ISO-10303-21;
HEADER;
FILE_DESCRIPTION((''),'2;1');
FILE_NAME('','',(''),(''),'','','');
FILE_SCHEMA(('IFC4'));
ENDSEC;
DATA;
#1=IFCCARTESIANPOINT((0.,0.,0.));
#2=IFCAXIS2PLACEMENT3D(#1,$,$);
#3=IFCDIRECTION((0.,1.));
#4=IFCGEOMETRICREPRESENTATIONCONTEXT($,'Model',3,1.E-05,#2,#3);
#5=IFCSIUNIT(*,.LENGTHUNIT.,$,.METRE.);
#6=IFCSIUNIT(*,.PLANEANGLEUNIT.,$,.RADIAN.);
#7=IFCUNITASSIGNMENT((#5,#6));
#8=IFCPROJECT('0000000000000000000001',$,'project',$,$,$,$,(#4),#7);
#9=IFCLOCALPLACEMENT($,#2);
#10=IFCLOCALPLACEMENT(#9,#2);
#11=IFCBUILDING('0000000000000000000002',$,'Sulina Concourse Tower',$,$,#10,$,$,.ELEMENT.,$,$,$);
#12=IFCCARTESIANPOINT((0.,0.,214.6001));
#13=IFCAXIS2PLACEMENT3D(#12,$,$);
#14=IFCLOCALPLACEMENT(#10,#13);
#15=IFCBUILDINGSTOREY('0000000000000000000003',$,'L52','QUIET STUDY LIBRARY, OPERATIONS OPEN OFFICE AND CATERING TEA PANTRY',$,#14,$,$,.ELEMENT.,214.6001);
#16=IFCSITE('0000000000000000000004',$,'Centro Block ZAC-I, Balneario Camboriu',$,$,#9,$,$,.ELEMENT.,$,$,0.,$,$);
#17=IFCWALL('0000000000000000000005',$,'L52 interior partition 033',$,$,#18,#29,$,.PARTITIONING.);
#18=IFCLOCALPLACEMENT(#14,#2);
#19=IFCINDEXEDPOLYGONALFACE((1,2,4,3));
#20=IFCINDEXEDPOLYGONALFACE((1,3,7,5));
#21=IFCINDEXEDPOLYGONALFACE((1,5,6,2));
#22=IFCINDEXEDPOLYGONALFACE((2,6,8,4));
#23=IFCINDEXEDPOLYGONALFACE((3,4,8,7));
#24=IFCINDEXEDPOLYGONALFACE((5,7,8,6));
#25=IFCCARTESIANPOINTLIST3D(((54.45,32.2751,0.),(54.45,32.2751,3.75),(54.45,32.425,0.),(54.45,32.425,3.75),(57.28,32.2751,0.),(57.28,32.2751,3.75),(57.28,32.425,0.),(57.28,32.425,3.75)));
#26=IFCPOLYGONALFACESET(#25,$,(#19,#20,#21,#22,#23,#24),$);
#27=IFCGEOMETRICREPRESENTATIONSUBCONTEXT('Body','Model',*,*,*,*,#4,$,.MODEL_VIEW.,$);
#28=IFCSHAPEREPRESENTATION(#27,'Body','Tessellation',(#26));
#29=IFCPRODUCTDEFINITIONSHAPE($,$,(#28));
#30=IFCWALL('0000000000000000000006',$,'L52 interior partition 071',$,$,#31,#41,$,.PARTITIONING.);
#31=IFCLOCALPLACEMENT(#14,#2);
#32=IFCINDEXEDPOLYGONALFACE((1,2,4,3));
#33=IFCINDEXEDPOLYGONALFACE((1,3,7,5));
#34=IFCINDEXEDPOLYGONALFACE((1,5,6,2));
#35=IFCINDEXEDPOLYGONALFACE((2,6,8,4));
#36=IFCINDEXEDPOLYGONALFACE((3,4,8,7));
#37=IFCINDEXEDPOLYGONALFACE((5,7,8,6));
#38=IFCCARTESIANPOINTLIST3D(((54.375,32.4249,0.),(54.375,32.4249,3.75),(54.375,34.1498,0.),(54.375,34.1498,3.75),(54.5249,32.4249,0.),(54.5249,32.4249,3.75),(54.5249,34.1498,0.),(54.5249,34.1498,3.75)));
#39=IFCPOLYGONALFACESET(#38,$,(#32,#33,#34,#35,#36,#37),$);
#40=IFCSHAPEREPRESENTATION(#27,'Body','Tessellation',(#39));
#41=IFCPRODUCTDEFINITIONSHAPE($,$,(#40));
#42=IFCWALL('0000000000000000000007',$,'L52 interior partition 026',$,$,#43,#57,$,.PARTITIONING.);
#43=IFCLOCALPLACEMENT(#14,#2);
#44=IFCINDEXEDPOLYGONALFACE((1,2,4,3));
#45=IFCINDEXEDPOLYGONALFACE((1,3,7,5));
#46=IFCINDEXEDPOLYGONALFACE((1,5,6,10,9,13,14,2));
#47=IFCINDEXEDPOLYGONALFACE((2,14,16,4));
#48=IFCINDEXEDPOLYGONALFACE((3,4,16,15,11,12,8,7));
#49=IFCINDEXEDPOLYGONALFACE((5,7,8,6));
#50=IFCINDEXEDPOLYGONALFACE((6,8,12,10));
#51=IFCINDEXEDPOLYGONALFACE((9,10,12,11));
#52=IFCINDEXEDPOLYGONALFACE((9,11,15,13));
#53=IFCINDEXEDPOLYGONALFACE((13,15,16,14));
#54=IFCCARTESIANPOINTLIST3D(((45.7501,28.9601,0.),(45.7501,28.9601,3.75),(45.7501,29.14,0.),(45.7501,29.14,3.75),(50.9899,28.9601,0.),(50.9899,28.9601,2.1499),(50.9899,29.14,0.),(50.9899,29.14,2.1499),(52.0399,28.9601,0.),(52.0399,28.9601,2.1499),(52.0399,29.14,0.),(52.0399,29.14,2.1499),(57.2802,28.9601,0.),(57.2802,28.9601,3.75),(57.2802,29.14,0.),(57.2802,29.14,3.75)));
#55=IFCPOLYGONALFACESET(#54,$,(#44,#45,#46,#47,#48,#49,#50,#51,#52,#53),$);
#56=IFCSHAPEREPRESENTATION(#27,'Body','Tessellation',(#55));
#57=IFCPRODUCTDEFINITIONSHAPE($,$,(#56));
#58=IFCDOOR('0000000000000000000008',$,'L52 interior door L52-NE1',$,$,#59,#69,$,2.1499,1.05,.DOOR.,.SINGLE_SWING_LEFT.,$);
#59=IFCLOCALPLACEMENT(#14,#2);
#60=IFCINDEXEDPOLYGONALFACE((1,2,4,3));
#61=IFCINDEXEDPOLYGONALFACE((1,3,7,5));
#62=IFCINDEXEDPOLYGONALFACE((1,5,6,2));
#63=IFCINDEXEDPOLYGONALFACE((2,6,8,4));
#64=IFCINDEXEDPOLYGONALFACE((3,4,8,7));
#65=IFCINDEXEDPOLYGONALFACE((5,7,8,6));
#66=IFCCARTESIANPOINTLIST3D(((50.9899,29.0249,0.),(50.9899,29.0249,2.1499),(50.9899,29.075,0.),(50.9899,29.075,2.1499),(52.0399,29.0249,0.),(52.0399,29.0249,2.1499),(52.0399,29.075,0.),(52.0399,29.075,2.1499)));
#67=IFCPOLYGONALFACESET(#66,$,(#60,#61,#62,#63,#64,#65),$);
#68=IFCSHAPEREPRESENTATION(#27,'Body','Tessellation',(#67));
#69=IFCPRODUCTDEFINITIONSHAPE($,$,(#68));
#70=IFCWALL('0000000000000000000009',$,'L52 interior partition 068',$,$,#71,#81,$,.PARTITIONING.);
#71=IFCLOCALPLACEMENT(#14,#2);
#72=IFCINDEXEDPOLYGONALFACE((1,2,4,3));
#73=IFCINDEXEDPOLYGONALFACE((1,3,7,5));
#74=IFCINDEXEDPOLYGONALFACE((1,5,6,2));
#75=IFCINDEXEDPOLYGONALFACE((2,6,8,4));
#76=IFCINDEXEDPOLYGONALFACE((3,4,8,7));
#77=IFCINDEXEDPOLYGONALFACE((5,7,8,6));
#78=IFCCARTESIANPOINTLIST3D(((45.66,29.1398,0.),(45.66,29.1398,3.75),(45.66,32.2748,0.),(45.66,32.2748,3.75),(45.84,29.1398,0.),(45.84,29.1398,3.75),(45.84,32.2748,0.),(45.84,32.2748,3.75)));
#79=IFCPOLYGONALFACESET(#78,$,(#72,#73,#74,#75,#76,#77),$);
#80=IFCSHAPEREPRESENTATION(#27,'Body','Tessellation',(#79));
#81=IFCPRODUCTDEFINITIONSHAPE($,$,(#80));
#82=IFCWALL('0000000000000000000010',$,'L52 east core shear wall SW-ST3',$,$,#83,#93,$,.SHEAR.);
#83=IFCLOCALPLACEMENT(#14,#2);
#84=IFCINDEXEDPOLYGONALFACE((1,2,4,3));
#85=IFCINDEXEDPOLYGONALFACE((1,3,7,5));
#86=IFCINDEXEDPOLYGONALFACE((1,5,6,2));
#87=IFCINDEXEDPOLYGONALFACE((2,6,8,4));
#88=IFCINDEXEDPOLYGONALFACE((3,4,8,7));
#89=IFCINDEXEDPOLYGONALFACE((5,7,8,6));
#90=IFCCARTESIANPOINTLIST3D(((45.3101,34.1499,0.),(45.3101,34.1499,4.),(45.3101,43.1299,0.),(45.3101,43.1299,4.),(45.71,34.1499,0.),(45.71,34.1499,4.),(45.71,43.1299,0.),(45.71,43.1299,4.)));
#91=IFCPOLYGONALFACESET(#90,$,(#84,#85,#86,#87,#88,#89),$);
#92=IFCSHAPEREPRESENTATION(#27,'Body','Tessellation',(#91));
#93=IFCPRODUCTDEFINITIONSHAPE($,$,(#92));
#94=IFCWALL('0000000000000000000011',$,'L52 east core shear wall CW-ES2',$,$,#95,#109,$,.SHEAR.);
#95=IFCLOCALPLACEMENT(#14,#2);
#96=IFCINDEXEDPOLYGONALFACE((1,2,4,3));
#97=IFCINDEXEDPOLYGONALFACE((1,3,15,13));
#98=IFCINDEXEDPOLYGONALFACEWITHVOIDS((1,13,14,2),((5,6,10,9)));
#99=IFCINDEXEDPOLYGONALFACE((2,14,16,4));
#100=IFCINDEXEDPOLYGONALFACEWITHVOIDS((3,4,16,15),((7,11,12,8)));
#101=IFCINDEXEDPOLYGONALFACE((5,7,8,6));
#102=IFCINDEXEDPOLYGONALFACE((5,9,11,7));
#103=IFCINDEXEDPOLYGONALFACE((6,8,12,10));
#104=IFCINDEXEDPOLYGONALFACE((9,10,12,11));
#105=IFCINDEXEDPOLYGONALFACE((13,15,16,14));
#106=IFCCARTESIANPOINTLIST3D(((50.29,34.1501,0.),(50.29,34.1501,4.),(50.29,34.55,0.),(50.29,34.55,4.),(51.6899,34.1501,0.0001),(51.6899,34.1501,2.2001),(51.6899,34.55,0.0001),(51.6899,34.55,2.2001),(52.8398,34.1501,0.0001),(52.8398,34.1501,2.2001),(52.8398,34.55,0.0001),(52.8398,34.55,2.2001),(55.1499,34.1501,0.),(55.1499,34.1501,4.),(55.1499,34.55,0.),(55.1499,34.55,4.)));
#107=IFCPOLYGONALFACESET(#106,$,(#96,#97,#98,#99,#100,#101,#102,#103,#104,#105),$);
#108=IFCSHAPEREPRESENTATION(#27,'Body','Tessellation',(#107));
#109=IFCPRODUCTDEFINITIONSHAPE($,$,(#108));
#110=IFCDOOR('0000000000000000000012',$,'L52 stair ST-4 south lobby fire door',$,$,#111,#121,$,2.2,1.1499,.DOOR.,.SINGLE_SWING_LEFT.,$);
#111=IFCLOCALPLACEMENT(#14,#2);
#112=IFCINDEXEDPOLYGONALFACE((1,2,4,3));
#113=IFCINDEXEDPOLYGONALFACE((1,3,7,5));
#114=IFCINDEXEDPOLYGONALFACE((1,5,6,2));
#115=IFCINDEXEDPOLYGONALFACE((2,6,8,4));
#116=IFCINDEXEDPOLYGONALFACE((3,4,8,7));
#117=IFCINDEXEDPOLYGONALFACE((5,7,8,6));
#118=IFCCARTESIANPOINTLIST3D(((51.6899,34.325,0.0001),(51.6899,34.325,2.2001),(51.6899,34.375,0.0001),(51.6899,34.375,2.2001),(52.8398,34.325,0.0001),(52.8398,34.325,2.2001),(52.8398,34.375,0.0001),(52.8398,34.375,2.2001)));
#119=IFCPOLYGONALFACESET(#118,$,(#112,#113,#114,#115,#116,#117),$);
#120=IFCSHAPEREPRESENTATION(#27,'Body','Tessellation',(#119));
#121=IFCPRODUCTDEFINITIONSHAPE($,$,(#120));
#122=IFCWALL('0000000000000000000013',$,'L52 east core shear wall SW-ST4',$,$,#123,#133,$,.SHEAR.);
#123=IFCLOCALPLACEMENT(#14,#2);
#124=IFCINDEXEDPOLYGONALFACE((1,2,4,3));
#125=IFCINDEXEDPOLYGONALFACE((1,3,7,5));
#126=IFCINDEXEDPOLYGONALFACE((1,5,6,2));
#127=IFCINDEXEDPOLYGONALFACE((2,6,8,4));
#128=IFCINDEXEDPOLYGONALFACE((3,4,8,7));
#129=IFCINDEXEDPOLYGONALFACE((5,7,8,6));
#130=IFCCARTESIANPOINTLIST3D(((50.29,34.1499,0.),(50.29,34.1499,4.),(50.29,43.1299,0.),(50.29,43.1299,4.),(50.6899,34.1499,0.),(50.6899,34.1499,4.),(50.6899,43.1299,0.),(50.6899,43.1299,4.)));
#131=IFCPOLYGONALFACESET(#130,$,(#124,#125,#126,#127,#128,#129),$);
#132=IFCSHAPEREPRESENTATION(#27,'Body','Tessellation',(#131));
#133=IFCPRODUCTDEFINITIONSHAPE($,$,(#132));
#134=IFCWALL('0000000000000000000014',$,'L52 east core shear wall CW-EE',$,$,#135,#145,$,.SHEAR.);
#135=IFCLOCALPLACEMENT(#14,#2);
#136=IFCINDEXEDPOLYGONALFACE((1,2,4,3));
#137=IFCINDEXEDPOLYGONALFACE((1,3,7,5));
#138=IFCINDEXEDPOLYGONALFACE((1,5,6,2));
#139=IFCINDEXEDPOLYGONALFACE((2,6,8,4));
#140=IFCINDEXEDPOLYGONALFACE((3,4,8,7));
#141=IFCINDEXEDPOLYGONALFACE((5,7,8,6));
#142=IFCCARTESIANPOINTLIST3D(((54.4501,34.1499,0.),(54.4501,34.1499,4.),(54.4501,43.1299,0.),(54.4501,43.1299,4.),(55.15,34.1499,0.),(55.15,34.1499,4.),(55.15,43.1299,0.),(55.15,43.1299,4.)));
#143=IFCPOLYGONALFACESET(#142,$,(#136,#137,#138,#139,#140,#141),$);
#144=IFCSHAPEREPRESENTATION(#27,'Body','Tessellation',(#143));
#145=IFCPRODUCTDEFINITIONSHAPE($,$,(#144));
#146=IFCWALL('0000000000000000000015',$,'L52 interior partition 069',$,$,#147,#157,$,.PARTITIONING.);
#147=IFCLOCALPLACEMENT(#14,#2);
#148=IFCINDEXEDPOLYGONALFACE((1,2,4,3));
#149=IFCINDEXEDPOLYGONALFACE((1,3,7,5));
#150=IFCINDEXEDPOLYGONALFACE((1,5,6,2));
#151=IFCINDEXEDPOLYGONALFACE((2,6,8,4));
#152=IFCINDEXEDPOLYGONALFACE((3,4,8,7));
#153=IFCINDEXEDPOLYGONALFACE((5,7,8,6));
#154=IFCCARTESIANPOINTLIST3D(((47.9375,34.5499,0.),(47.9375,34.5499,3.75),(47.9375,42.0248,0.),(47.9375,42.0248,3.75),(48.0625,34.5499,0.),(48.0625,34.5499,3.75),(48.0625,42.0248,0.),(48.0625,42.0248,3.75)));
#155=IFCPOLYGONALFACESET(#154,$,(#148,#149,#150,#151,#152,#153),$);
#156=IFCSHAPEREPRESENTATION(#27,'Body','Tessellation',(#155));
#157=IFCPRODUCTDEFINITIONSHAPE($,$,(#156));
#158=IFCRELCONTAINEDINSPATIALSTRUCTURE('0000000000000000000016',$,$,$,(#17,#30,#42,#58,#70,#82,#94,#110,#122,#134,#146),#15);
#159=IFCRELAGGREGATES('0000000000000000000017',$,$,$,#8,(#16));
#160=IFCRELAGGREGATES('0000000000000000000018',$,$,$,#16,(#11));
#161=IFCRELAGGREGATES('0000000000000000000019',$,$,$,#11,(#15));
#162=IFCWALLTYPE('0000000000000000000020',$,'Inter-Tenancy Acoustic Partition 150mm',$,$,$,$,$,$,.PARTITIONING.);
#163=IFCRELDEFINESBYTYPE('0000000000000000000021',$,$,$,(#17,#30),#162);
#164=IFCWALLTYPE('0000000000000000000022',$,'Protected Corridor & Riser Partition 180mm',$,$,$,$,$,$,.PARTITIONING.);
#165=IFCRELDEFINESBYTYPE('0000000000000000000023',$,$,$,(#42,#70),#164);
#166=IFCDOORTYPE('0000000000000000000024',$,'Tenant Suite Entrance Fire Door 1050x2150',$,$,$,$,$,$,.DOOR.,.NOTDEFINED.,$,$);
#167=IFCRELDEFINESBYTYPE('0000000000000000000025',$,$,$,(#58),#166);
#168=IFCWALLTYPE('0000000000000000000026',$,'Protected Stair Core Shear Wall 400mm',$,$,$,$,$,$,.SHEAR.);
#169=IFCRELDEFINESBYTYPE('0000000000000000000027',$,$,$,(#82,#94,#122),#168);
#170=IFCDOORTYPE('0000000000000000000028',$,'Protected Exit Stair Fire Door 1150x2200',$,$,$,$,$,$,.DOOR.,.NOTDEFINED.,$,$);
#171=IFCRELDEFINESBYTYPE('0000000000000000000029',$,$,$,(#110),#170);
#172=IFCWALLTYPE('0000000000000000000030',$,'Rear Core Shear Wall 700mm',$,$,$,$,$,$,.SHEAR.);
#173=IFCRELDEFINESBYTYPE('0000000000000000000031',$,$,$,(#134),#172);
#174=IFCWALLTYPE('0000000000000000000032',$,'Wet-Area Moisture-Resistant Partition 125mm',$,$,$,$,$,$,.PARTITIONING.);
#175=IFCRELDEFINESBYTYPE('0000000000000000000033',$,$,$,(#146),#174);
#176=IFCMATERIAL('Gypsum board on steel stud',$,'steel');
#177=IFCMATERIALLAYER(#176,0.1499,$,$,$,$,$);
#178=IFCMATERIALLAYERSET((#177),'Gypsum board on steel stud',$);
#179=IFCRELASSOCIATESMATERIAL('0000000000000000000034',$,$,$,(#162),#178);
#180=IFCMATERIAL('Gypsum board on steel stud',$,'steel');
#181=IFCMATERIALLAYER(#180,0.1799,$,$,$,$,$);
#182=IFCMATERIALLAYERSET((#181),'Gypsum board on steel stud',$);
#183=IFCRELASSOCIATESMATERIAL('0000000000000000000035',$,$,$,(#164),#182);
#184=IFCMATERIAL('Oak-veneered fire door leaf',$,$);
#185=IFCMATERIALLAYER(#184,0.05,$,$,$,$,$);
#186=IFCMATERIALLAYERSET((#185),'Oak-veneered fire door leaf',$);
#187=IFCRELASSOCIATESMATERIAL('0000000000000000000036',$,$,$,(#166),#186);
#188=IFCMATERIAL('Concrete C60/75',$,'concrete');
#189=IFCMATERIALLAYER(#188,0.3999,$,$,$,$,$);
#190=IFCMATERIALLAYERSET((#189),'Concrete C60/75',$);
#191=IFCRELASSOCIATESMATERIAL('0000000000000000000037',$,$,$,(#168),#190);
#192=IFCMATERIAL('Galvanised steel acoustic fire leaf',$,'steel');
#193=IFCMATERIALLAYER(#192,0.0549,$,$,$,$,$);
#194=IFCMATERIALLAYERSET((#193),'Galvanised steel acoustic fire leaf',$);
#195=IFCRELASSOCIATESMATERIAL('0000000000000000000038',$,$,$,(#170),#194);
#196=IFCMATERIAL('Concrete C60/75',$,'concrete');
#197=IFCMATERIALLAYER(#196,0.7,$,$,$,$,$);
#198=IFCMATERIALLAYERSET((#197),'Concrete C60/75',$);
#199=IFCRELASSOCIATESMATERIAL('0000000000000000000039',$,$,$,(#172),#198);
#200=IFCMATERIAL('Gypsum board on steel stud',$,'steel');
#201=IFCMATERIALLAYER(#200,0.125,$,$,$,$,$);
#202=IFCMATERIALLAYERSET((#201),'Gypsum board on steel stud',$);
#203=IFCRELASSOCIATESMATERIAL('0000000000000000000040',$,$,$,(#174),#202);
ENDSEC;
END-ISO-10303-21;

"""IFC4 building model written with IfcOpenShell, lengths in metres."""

from ifc_helpers import new_model, si_unit, direction, frame, frame_2d, origin, place, context, subcontext, project, spatial, rectangle, extrude, material, layer, layer_set, type_object, element, fill, save


model = new_model("IFC4")

# Units and contexts
model_context = context("Model", 3, precision=1e-05, world=origin(), true_north=direction((0.0, 1.0)))
body_context = subcontext(model_context, "Body", "Model", "MODEL_VIEW")
ifc_project = project(units=[si_unit("LENGTHUNIT", "METRE"), si_unit("PLANEANGLEUNIT", "RADIAN")], contexts=[model_context])

# Site, building, storey
site_placement = place(None, origin())
site = spatial("IfcSite", under=ifc_project, at=site_placement, Name="Centro Block ZAC-I, Balneario Camboriu", CompositionType="ELEMENT", RefElevation=0.0)
building_placement = place(site_placement, origin())
building = spatial("IfcBuilding", under=site, at=building_placement, Name="Sulina Concourse Tower", CompositionType="ELEMENT")
storey_placement = place(building_placement, frame((0.0, 0.0, 214.6001)))
storey = spatial("IfcBuildingStorey", under=building, at=storey_placement, Name="L52", Description="QUIET STUDY LIBRARY, OPERATIONS OPEN OFFICE AND CATERING TEA PANTRY", CompositionType="ELEMENT", Elevation=214.6001)

# Walls
ifc_material_1 = material(Name="Gypsum board on steel stud", Category="steel")
ifc_layer_1 = layer(ifc_material_1, 0.1499)
ifc_layer_set_1 = layer_set([ifc_layer_1], Name="Gypsum board on steel stud")
wall_type_1 = type_object("IfcWallType", Name="Inter-Tenancy Acoustic Partition 150mm", PredefinedType="PARTITIONING", material=ifc_layer_set_1)
wall_1_placement = place(storey_placement, frame((54.45, 32.3501, 0.0), z_axis=(0.0, 0.0, 1.0), x_axis=(1.0, 0.0, 0.0)))
element("IfcWall", 1, at=wall_1_placement, inside=storey, type_object=wall_type_1, Name="L52 interior partition 033", PredefinedType="PARTITIONING", context=body_context, shape_type="SweptSolid", body=[
    extrude(rectangle(XDim=2.8301, YDim=0.1499, at=frame_2d((1.415, 0.0))), origin(), (0.0, 0.0, 1.0), 3.75),
])
wall_2_placement = place(storey_placement, frame((54.45, 32.425, 0.0), z_axis=(0.0, 0.0, 1.0), x_axis=(0.0, 1.0, 0.0)))
element("IfcWall", 2, at=wall_2_placement, inside=storey, type_object=wall_type_1, Name="L52 interior partition 071", PredefinedType="PARTITIONING", context=body_context, shape_type="SweptSolid", body=[
    extrude(rectangle(XDim=1.7249, YDim=0.1499, at=frame_2d((0.8623, 0.0))), origin(), (0.0, 0.0, 1.0), 3.75),
])

# Wall, opening, door
ifc_material_2 = material(Name="Gypsum board on steel stud", Category="steel")
ifc_layer_2 = layer(ifc_material_2, 0.1799)
ifc_layer_set_2 = layer_set([ifc_layer_2], Name="Gypsum board on steel stud")
wall_type_2 = type_object("IfcWallType", Name="Protected Corridor & Riser Partition 180mm", PredefinedType="PARTITIONING", material=ifc_layer_set_2)
wall_3_placement = place(storey_placement, frame((45.75, 29.05, 0.0), z_axis=(0.0, 0.0, 1.0), x_axis=(1.0, 0.0, 0.0)))
wall_3 = element("IfcWall", 3, at=wall_3_placement, inside=storey, type_object=wall_type_2, Name="L52 interior partition 026", PredefinedType="PARTITIONING", context=body_context, shape_type="SweptSolid", body=[
    extrude(rectangle(XDim=11.53, YDim=0.1799, at=frame_2d((5.7651, 0.0))), origin(), (0.0, 0.0, 1.0), 3.75),
])
opening_1_placement = place(wall_3_placement, frame((5.24, 0.0, 0.0)))
opening_1 = element("IfcOpeningElement", 4, at=opening_1_placement, cuts=wall_3, PredefinedType="OPENING", context=body_context, shape_type="SweptSolid", body=[
    extrude(rectangle(XDim=1.05, YDim=2.1499, at=frame_2d((0.5249, 1.075))), frame((0.0, 0.0999, 0.0), z_axis=(0.0, -1.0, 0.0), x_axis=(1.0, 0.0, 0.0)), (0.0, 0.0, 1.0), 0.2),
])
ifc_material_3 = material(Name="Oak-veneered fire door leaf")
ifc_layer_3 = layer(ifc_material_3, 0.05)
ifc_layer_set_3 = layer_set([ifc_layer_3], Name="Oak-veneered fire door leaf")
door_type_1 = type_object("IfcDoorType", Name="Tenant Suite Entrance Fire Door 1050x2150", OperationType="NOTDEFINED", PredefinedType="DOOR", material=ifc_layer_set_3)
door_1_placement = place(opening_1_placement, origin())
door_1 = element("IfcDoor", 5, at=door_1_placement, inside=storey, type_object=door_type_1, Name="L52 interior door L52-NE1", OperationType="SINGLE_SWING_LEFT", OverallHeight=2.1499, OverallWidth=1.05, PredefinedType="DOOR", context=body_context, shape_type="SweptSolid", body=[
    extrude(rectangle(XDim=1.05, YDim=2.1499, at=frame_2d((0.5249, 1.075))), frame((0.0, 0.0249, 0.0), z_axis=(0.0, -1.0, 0.0), x_axis=(1.0, 0.0, 0.0)), (0.0, 0.0, 1.0), 0.05),
])
fill(opening_1, door_1)

# Walls
wall_4_placement = place(storey_placement, frame((45.75, 29.1399, 0.0), z_axis=(0.0, 0.0, 1.0), x_axis=(0.0, 1.0, 0.0)))
element("IfcWall", 6, at=wall_4_placement, inside=storey, type_object=wall_type_2, Name="L52 interior partition 068", PredefinedType="PARTITIONING", context=body_context, shape_type="SweptSolid", body=[
    extrude(rectangle(XDim=3.135, YDim=0.1799, at=frame_2d((1.5674, 0.0))), origin(), (0.0, 0.0, 1.0), 3.75),
])
ifc_material_4 = material(Name="Concrete C60/75", Category="concrete")
ifc_layer_4 = layer(ifc_material_4, 0.3999)
ifc_layer_set_4 = layer_set([ifc_layer_4], Name="Concrete C60/75")
wall_type_3 = type_object("IfcWallType", Name="Protected Stair Core Shear Wall 400mm", PredefinedType="SHEAR", material=ifc_layer_set_4)
wall_5_placement = place(storey_placement, frame((45.51, 34.1499, 0.0), z_axis=(0.0, 0.0, 1.0), x_axis=(0.0, 1.0, 0.0)))
element("IfcWall", 7, at=wall_5_placement, inside=storey, type_object=wall_type_3, Name="L52 east core shear wall SW-ST3", PredefinedType="SHEAR", context=body_context, shape_type="SweptSolid", body=[
    extrude(rectangle(XDim=8.98, YDim=0.3999, at=frame_2d((4.49, 0.0))), origin(), (0.0, 0.0, 1.0), 4.0),
])

# Wall, opening, door
wall_6_placement = place(storey_placement, frame((50.29, 34.3501, 0.0), z_axis=(0.0, 0.0, 1.0), x_axis=(1.0, 0.0, 0.0)))
wall_6 = element("IfcWall", 8, at=wall_6_placement, inside=storey, type_object=wall_type_3, Name="L52 east core shear wall CW-ES2", PredefinedType="SHEAR", context=body_context, shape_type="SweptSolid", body=[
    extrude(rectangle(XDim=4.8599, YDim=0.3999, at=frame_2d((2.4299, 0.0))), origin(), (0.0, 0.0, 1.0), 4.0),
])
opening_2_placement = place(wall_6_placement, frame((1.3999, 0.0, 0.0)))
opening_2 = element("IfcOpeningElement", 9, at=opening_2_placement, cuts=wall_6, PredefinedType="OPENING", context=body_context, shape_type="SweptSolid", body=[
    extrude(rectangle(XDim=1.1499, YDim=2.2, at=frame_2d((0.575, 1.1001))), frame((0.0, 0.21, 0.0), z_axis=(0.0, -1.0, 0.0), x_axis=(1.0, 0.0, 0.0)), (0.0, 0.0, 1.0), 0.4199),
])
ifc_material_5 = material(Name="Galvanised steel acoustic fire leaf", Category="steel")
ifc_layer_5 = layer(ifc_material_5, 0.0549)
ifc_layer_set_5 = layer_set([ifc_layer_5], Name="Galvanised steel acoustic fire leaf")
door_type_2 = type_object("IfcDoorType", Name="Protected Exit Stair Fire Door 1150x2200", OperationType="NOTDEFINED", PredefinedType="DOOR", material=ifc_layer_set_5)
door_2_placement = place(opening_2_placement, origin())
door_2 = element("IfcDoor", 10, at=door_2_placement, inside=storey, type_object=door_type_2, Name="L52 stair ST-4 south lobby fire door", OperationType="SINGLE_SWING_LEFT", OverallHeight=2.2, OverallWidth=1.1499, PredefinedType="DOOR", context=body_context, shape_type="SweptSolid", body=[
    extrude(rectangle(XDim=1.1499, YDim=2.2, at=frame_2d((0.575, 1.1001))), frame((0.0, 0.0249, 0.0), z_axis=(0.0, -1.0, 0.0), x_axis=(1.0, 0.0, 0.0)), (0.0, 0.0, 1.0), 0.05),
])
fill(opening_2, door_2)

# Walls
wall_7_placement = place(storey_placement, frame((50.49, 34.1499, 0.0), z_axis=(0.0, 0.0, 1.0), x_axis=(0.0, 1.0, 0.0)))
element("IfcWall", 11, at=wall_7_placement, inside=storey, type_object=wall_type_3, Name="L52 east core shear wall SW-ST4", PredefinedType="SHEAR", context=body_context, shape_type="SweptSolid", body=[
    extrude(rectangle(XDim=8.98, YDim=0.3999, at=frame_2d((4.49, 0.0))), origin(), (0.0, 0.0, 1.0), 4.0),
])
ifc_material_6 = material(Name="Concrete C60/75", Category="concrete")
ifc_layer_6 = layer(ifc_material_6, 0.7)
ifc_layer_set_6 = layer_set([ifc_layer_6], Name="Concrete C60/75")
wall_type_4 = type_object("IfcWallType", Name="Rear Core Shear Wall 700mm", PredefinedType="SHEAR", material=ifc_layer_set_6)
wall_8_placement = place(storey_placement, frame((54.8, 34.1499, 0.0), z_axis=(0.0, 0.0, 1.0), x_axis=(0.0, 1.0, 0.0)))
element("IfcWall", 12, at=wall_8_placement, inside=storey, type_object=wall_type_4, Name="L52 east core shear wall CW-EE", PredefinedType="SHEAR", context=body_context, shape_type="SweptSolid", body=[
    extrude(rectangle(XDim=8.98, YDim=0.7, at=frame_2d((4.49, 0.0))), origin(), (0.0, 0.0, 1.0), 4.0),
])
ifc_material_7 = material(Name="Gypsum board on steel stud", Category="steel")
ifc_layer_7 = layer(ifc_material_7, 0.125)
ifc_layer_set_7 = layer_set([ifc_layer_7], Name="Gypsum board on steel stud")
wall_type_5 = type_object("IfcWallType", Name="Wet-Area Moisture-Resistant Partition 125mm", PredefinedType="PARTITIONING", material=ifc_layer_set_7)
wall_9_placement = place(storey_placement, frame((48.0, 34.55, 0.0), z_axis=(0.0, 0.0, 1.0), x_axis=(0.0, 1.0, 0.0)))
element("IfcWall", 13, at=wall_9_placement, inside=storey, type_object=wall_type_5, Name="L52 interior partition 069", PredefinedType="PARTITIONING", context=body_context, shape_type="SweptSolid", body=[
    extrude(rectangle(XDim=7.4749, YDim=0.125, at=frame_2d((3.7373, 0.0))), origin(), (0.0, 0.0, 1.0), 3.75),
])

save(model, "model.ifc")
